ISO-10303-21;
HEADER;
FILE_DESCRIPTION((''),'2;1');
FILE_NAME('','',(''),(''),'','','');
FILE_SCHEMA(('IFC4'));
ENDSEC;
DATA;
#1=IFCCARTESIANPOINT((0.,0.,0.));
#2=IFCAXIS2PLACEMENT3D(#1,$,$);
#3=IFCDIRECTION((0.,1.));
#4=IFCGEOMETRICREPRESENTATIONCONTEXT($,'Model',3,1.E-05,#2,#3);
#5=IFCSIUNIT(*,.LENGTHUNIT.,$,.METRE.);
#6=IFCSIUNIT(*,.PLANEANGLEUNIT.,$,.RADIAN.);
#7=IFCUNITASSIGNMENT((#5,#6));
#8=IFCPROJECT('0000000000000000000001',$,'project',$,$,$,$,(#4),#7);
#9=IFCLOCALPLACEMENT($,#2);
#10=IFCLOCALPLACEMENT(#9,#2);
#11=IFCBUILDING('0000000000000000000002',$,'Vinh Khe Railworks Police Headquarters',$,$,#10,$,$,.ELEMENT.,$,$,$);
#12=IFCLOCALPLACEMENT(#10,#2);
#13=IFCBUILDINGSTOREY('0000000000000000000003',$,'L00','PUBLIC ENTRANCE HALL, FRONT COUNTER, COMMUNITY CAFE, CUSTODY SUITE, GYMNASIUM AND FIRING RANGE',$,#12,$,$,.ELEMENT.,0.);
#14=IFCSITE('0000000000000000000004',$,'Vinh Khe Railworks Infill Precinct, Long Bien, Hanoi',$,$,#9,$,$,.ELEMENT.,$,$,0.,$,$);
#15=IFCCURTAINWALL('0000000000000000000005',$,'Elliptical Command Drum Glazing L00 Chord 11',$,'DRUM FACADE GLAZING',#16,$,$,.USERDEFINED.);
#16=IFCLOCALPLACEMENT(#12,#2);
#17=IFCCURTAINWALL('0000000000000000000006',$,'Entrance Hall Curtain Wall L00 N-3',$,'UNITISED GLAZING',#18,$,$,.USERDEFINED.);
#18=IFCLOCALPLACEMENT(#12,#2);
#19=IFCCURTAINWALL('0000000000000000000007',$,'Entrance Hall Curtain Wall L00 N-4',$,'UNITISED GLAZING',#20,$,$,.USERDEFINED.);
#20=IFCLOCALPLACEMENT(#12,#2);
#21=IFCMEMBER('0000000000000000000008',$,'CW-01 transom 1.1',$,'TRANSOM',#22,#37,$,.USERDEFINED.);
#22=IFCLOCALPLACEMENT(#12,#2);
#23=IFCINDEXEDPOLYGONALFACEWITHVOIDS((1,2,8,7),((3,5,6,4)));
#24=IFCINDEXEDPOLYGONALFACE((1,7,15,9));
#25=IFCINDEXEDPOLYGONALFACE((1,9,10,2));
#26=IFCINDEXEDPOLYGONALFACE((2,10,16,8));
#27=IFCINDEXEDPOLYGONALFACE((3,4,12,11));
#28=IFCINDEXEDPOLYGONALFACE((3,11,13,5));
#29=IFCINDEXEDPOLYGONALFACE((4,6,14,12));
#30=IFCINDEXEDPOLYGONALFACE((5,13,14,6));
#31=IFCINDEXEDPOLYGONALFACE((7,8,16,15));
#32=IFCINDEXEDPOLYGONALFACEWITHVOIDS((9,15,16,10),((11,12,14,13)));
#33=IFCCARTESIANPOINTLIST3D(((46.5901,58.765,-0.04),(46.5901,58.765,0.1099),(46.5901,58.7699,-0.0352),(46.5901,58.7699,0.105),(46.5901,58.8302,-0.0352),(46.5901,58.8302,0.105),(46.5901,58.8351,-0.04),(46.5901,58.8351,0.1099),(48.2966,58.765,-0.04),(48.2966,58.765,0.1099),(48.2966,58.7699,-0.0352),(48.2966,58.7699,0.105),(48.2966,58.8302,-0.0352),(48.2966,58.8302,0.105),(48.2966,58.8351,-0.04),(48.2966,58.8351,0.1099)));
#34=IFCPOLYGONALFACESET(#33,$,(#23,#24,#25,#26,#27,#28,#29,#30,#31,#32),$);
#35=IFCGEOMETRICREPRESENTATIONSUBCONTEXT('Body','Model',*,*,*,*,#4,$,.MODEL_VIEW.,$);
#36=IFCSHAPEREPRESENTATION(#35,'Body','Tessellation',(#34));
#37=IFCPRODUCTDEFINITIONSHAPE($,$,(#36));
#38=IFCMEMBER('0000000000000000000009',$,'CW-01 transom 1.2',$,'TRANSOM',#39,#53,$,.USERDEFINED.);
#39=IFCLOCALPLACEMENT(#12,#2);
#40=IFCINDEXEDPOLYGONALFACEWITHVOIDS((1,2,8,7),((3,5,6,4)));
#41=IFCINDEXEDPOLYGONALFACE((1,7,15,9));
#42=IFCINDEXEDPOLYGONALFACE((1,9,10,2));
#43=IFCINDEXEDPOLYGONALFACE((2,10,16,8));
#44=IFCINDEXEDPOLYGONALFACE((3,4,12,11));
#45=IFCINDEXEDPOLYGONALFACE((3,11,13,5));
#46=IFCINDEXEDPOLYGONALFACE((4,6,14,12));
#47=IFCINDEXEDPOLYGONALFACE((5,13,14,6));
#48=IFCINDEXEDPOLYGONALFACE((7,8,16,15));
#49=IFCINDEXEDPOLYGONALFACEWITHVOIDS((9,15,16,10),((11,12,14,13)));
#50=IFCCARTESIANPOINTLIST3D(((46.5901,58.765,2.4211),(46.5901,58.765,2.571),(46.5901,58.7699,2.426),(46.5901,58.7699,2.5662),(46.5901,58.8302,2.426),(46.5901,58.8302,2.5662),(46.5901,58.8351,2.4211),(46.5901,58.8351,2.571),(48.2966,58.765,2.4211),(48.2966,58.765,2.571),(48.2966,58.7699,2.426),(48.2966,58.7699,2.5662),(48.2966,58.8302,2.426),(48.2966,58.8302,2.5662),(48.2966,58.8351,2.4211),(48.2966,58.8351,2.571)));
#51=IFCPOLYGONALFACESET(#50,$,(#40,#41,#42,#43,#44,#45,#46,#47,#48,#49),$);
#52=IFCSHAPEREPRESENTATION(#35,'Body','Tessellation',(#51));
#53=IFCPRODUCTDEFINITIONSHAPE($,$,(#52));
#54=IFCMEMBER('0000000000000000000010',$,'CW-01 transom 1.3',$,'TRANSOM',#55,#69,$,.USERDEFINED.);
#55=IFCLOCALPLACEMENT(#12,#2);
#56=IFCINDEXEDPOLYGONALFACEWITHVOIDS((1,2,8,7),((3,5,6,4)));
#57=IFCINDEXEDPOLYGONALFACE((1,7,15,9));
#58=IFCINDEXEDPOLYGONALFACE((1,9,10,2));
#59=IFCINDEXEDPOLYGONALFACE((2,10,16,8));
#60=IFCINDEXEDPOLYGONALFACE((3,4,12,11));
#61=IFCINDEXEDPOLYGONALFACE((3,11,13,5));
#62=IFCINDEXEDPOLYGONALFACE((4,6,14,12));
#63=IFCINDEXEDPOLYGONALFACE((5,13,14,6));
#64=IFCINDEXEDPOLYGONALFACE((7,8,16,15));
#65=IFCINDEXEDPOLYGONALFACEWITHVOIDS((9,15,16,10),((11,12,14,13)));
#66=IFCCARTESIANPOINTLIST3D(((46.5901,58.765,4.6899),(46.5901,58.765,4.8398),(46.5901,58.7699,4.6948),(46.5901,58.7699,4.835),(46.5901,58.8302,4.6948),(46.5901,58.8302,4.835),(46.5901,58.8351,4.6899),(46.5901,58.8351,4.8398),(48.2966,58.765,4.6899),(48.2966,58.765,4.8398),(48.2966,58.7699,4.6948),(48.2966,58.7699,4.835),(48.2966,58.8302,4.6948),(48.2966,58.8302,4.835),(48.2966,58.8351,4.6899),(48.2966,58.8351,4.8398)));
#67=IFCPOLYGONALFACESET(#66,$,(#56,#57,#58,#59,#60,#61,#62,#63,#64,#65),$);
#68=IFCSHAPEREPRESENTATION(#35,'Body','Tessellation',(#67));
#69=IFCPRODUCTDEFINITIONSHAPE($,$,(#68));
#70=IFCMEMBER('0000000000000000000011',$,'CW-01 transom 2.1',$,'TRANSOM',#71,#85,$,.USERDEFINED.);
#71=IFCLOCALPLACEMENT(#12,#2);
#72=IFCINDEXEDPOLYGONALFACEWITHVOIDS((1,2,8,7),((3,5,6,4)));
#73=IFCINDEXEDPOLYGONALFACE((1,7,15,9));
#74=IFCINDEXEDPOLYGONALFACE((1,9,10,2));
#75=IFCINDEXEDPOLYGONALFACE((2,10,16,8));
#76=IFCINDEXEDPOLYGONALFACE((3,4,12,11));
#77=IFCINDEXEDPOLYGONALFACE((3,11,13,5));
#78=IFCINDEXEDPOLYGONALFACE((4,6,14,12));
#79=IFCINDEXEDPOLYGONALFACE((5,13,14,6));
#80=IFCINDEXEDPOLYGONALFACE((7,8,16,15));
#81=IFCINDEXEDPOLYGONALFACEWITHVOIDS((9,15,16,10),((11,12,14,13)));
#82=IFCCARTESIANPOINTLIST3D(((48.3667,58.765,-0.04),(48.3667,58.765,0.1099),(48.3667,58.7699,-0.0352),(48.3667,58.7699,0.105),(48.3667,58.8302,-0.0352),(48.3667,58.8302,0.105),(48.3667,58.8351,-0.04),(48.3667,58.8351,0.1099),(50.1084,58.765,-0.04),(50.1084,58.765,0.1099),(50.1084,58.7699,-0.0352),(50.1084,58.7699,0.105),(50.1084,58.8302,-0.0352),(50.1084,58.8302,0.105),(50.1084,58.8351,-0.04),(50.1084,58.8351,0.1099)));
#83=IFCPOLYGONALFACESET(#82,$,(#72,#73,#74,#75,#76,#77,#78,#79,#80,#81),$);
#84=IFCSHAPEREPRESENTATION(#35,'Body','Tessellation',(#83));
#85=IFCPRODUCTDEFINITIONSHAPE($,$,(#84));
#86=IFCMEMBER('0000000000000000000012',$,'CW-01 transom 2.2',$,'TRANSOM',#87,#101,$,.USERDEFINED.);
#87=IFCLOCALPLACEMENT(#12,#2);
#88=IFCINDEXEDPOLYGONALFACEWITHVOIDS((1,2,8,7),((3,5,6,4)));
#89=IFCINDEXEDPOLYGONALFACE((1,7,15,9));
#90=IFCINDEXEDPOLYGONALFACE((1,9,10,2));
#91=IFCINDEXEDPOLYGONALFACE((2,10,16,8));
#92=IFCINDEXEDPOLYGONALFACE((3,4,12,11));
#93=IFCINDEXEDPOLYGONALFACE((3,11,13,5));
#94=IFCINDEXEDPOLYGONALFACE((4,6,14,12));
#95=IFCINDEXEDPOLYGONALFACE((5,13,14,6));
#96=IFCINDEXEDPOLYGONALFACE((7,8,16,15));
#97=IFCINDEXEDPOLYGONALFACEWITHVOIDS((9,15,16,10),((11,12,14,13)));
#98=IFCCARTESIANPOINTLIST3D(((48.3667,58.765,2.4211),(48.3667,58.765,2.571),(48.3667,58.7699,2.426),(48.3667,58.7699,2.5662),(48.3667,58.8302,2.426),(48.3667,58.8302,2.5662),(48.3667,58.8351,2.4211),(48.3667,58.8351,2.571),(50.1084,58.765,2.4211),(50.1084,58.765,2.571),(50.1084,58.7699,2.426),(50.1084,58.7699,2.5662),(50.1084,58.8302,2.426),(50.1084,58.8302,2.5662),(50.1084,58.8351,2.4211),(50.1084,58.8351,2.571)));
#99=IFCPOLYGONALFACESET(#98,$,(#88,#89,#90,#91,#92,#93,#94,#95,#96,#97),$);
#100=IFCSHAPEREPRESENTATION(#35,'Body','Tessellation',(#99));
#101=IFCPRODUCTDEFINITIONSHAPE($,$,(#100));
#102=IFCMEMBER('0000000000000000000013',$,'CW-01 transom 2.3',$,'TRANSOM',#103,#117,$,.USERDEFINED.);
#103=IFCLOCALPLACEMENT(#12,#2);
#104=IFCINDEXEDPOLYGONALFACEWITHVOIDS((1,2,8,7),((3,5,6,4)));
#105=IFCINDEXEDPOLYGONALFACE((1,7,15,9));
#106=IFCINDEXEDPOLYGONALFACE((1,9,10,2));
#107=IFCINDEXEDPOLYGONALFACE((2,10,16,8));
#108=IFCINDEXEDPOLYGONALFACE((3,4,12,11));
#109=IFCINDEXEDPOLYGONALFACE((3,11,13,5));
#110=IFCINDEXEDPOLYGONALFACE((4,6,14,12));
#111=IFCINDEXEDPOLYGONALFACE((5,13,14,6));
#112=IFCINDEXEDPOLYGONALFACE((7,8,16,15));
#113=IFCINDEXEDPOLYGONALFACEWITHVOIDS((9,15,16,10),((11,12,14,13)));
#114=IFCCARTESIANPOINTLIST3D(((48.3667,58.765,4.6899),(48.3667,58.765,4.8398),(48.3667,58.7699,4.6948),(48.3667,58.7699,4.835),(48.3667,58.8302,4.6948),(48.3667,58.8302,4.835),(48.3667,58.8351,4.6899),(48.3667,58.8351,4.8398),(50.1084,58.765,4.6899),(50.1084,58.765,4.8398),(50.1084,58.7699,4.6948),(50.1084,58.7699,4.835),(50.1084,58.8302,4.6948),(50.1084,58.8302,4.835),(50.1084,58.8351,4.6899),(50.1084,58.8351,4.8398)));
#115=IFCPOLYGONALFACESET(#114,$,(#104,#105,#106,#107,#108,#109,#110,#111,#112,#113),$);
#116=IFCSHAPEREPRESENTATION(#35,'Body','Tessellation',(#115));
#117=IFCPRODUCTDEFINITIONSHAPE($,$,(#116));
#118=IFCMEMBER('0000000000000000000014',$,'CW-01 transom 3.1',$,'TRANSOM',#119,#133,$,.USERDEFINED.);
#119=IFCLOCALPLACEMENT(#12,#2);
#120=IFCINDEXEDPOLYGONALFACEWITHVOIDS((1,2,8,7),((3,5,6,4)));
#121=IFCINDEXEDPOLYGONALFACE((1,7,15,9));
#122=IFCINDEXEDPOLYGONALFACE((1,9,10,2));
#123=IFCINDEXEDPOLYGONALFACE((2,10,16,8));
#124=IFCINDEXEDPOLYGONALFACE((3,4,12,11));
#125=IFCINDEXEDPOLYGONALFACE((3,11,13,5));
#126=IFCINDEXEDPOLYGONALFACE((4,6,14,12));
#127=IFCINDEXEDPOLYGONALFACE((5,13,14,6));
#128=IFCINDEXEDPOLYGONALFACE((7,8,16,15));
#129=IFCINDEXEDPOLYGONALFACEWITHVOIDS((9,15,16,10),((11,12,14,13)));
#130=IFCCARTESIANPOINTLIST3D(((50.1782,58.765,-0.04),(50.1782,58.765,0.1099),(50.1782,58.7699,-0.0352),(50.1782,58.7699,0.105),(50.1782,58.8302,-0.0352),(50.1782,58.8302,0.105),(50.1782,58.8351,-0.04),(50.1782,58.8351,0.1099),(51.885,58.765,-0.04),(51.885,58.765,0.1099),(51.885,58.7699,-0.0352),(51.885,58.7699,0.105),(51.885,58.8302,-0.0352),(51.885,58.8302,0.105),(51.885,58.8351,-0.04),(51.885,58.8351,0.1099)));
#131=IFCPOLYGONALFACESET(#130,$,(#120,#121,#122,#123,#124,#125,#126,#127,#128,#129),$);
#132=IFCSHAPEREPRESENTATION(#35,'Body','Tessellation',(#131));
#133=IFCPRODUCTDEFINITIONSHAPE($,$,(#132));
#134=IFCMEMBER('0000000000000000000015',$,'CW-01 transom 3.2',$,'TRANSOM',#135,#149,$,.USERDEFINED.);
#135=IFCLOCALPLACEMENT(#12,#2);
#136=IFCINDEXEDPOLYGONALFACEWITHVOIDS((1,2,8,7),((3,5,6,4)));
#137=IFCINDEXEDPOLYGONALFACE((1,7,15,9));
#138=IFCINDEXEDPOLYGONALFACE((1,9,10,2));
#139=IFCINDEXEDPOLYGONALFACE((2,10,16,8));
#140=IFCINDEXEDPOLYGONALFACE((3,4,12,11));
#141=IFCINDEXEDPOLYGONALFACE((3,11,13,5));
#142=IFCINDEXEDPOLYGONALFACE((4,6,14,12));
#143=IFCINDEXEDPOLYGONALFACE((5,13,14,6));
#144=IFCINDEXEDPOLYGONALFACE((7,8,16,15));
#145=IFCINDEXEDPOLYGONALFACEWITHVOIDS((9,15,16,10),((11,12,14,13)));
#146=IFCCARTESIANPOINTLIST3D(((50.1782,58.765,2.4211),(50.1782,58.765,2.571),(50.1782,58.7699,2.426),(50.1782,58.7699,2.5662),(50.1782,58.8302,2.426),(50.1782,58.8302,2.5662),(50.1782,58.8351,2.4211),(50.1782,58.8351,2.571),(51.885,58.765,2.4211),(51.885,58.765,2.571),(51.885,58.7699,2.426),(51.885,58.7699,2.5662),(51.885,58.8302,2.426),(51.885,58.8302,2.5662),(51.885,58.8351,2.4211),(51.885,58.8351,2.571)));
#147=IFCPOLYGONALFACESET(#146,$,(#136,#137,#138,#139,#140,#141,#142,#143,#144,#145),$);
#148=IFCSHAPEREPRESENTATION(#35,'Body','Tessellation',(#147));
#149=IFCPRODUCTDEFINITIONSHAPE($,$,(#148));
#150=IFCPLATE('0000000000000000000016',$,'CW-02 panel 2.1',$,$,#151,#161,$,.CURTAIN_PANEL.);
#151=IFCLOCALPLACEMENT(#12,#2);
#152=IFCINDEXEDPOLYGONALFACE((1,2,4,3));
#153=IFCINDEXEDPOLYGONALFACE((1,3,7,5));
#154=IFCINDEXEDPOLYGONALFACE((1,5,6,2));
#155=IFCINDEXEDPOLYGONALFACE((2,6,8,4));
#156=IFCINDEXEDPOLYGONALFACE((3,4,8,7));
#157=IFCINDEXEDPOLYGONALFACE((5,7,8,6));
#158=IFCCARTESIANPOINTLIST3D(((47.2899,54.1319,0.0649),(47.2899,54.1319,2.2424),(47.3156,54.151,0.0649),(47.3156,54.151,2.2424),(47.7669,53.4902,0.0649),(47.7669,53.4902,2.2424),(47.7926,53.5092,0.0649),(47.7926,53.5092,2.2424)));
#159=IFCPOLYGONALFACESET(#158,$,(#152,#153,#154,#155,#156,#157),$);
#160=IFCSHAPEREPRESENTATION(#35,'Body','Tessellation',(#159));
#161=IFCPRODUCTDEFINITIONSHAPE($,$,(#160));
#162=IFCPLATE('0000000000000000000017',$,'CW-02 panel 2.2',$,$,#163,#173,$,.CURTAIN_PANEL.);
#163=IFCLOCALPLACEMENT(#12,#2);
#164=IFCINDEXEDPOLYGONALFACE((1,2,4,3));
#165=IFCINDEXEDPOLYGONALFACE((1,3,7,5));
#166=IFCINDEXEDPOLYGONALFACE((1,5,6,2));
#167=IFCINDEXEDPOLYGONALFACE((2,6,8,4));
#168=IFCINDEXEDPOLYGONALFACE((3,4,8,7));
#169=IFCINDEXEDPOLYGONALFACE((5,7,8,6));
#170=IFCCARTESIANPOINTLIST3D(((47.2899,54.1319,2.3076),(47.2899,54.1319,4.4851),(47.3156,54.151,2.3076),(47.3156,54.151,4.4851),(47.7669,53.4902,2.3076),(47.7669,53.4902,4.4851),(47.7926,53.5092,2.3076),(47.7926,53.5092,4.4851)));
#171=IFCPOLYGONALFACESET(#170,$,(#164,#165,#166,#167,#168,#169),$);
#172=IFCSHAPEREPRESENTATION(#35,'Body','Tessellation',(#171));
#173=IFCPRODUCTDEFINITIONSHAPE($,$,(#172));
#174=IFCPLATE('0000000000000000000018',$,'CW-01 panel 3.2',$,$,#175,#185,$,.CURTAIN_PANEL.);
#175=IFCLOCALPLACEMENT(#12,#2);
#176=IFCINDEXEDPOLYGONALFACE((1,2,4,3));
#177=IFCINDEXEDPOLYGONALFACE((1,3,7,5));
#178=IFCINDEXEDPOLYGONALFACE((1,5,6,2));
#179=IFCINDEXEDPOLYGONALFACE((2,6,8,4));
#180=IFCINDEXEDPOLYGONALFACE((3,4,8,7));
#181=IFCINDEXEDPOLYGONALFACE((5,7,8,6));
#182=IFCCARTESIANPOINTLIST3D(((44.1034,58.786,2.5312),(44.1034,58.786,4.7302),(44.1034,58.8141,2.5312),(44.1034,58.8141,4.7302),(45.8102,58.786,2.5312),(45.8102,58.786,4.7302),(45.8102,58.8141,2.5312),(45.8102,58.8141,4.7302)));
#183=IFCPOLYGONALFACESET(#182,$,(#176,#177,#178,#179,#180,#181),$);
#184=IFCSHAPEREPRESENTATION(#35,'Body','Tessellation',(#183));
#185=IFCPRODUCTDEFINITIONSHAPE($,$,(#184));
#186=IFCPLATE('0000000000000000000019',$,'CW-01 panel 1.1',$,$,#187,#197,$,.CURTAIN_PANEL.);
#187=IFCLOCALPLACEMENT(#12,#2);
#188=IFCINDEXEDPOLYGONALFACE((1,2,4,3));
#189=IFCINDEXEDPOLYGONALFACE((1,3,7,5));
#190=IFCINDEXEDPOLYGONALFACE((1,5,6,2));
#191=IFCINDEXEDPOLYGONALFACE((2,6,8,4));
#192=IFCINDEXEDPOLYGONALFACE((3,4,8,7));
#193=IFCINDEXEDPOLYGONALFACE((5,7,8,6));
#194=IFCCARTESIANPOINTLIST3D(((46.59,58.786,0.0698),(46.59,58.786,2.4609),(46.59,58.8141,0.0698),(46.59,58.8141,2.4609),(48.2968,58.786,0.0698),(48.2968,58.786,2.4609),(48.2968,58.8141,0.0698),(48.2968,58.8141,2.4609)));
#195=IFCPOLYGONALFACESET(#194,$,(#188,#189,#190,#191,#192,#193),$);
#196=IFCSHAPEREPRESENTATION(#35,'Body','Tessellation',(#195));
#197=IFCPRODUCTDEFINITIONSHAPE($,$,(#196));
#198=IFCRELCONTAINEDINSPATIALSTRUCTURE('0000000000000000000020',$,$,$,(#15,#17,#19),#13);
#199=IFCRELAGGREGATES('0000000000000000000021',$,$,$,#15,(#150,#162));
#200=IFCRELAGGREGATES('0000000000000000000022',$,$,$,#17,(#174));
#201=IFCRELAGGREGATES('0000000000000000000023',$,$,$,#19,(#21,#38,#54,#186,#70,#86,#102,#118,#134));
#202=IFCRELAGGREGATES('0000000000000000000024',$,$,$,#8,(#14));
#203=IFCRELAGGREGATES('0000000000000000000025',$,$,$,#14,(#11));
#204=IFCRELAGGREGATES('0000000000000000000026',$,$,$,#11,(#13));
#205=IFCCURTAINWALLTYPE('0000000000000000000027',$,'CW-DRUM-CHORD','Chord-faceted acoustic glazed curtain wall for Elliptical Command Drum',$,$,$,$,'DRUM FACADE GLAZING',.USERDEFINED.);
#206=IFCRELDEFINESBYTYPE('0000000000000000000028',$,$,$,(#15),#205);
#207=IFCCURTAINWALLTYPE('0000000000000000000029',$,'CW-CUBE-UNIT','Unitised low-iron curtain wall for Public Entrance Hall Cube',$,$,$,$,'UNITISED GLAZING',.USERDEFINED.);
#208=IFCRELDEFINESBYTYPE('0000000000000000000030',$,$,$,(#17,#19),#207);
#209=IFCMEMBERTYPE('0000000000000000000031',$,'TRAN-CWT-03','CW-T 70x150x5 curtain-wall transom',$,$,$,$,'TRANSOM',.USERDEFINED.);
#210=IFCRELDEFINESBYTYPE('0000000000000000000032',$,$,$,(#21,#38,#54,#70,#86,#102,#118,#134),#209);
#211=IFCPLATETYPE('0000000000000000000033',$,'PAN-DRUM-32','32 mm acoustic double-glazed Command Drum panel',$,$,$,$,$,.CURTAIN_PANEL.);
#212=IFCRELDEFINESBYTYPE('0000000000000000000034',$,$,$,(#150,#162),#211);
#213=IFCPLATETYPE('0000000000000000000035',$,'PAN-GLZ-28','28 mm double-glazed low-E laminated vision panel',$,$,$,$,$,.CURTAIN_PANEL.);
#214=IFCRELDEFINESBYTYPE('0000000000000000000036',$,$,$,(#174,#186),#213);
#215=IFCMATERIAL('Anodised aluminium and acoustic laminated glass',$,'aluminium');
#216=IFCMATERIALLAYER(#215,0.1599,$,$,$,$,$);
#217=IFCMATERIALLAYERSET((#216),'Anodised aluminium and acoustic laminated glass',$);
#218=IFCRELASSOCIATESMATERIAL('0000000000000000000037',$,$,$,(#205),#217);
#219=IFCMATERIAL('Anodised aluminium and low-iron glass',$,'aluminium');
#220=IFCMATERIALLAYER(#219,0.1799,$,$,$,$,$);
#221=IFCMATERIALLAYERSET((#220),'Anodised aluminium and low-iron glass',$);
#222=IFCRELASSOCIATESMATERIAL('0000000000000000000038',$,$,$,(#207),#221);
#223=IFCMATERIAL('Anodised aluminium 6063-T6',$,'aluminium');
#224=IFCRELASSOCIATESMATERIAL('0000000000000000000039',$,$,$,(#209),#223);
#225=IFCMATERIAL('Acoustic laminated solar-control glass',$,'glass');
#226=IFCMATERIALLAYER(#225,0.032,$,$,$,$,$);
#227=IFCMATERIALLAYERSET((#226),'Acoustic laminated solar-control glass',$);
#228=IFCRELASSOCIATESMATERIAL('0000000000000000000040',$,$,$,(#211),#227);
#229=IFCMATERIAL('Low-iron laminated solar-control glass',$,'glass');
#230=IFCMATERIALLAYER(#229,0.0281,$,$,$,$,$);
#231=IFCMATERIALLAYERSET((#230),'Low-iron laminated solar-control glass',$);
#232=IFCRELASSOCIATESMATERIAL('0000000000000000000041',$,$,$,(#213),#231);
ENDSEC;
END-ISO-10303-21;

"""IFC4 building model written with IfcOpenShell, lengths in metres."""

from ifc_helpers import new_model, si_unit, direction, frame, origin, origin_2d, place, context, subcontext, project, spatial, rectangle, hollow_rectangle, extrude, material, layer, layer_set, material_profile, profile_set, type_object, element, aggregate, save


model = new_model("IFC4")

# Units and contexts
model_context = context("Model", 3, precision=1e-05, world=origin(), true_north=direction((0.0, 1.0)))
body_context = subcontext(model_context, "Body", "Model", "MODEL_VIEW")
ifc_project = project(units=[si_unit("LENGTHUNIT", "METRE"), si_unit("PLANEANGLEUNIT", "RADIAN")], contexts=[model_context])

# Site, building, storey
site_placement = place(None, origin())
site = spatial("IfcSite", under=ifc_project, at=site_placement, Name="Vinh Khe Railworks Infill Precinct, Long Bien, Hanoi", CompositionType="ELEMENT", RefElevation=0.0)
building_placement = place(site_placement, origin())
building = spatial("IfcBuilding", under=site, at=building_placement, Name="Vinh Khe Railworks Police Headquarters", CompositionType="ELEMENT")
storey_placement = place(building_placement, origin())
storey = spatial("IfcBuildingStorey", under=building, at=storey_placement, Name="L00", Description="PUBLIC ENTRANCE HALL, FRONT COUNTER, COMMUNITY CAFE, CUSTODY SUITE, GYMNASIUM AND FIRING RANGE", CompositionType="ELEMENT", Elevation=0.0)

# Curtain wall
ifc_material_1 = material(Name="Anodised aluminium and acoustic laminated glass", Category="aluminium")
ifc_layer_1 = layer(ifc_material_1, 0.1599)
ifc_layer_set_1 = layer_set([ifc_layer_1], Name="Anodised aluminium and acoustic laminated glass")
curtain_wall_type_1 = type_object("IfcCurtainWallType", Name="CW-DRUM-CHORD", Description="Chord-faceted acoustic glazed curtain wall for Elliptical Command Drum", ElementType="DRUM FACADE GLAZING", PredefinedType="USERDEFINED", material=ifc_layer_set_1)
curtain_wall_1_placement = place(storey_placement, origin())
curtain_wall_1 = element("IfcCurtainWall", 1, at=curtain_wall_1_placement, inside=storey, type_object=curtain_wall_type_1, Name="Elliptical Command Drum Glazing L00 Chord 11", ObjectType="DRUM FACADE GLAZING", PredefinedType="USERDEFINED")
ifc_material_2 = material(Name="Anodised aluminium 6063-T6", Category="aluminium")

# Curtain wall
ifc_material_3 = material(Name="Anodised aluminium and low-iron glass", Category="aluminium")
ifc_layer_2 = layer(ifc_material_3, 0.1799)
ifc_layer_set_2 = layer_set([ifc_layer_2], Name="Anodised aluminium and low-iron glass")
curtain_wall_type_2 = type_object("IfcCurtainWallType", Name="CW-CUBE-UNIT", Description="Unitised low-iron curtain wall for Public Entrance Hall Cube", ElementType="UNITISED GLAZING", PredefinedType="USERDEFINED", material=ifc_layer_set_2)
curtain_wall_2_placement = place(storey_placement, origin())
curtain_wall_2 = element("IfcCurtainWall", 2, at=curtain_wall_2_placement, inside=storey, type_object=curtain_wall_type_2, Name="Entrance Hall Curtain Wall L00 N-3", ObjectType="UNITISED GLAZING", PredefinedType="USERDEFINED")

# Curtain wall
curtain_wall_3_placement = place(storey_placement, origin())
curtain_wall_3 = element("IfcCurtainWall", 3, at=curtain_wall_3_placement, inside=storey, type_object=curtain_wall_type_2, Name="Entrance Hall Curtain Wall L00 N-4", ObjectType="UNITISED GLAZING", PredefinedType="USERDEFINED")

# Members
ifc_material_profile_1 = material_profile(ifc_material_2, hollow_rectangle(XDim=0.0701, YDim=0.1499, WallThickness=0.0049, at=origin_2d()), Name="CW-T 70x150x5")
ifc_profile_set_1 = profile_set([ifc_material_profile_1], Name="Anodised aluminium 6063-T6")
member_type_1 = type_object("IfcMemberType", Name="TRAN-CWT-03", Description="CW-T 70x150x5 curtain-wall transom", ElementType="TRANSOM", PredefinedType="USERDEFINED", material=ifc_profile_set_1)
member_1_placement = place(storey_placement, frame((46.5901, 58.8, 0.0349), z_axis=(1.0, 0.0, 0.0), x_axis=(0.0, 1.0, 0.0)))
member_1 = element("IfcMember", 4, at=member_1_placement, type_object=member_type_1, Name="CW-01 transom 1.1", ObjectType="TRANSOM", PredefinedType="USERDEFINED", context=body_context, shape_type="SweptSolid", body=[
    extrude(hollow_rectangle(XDim=0.0701, YDim=0.1499, WallThickness=0.0049, at=origin_2d()), origin(), (0.0, 0.0, 1.0), 1.7065),
])
member_2_placement = place(storey_placement, frame((46.5901, 58.8, 2.4961), z_axis=(1.0, 0.0, 0.0), x_axis=(0.0, 1.0, 0.0)))
member_2 = element("IfcMember", 5, at=member_2_placement, type_object=member_type_1, Name="CW-01 transom 1.2", ObjectType="TRANSOM", PredefinedType="USERDEFINED", context=body_context, shape_type="SweptSolid", body=[
    extrude(hollow_rectangle(XDim=0.0701, YDim=0.1499, WallThickness=0.0049, at=origin_2d()), origin(), (0.0, 0.0, 1.0), 1.7065),
])
member_3_placement = place(storey_placement, frame((46.5901, 58.8, 4.7649), z_axis=(1.0, 0.0, 0.0), x_axis=(0.0, 1.0, 0.0)))
member_3 = element("IfcMember", 6, at=member_3_placement, type_object=member_type_1, Name="CW-01 transom 1.3", ObjectType="TRANSOM", PredefinedType="USERDEFINED", context=body_context, shape_type="SweptSolid", body=[
    extrude(hollow_rectangle(XDim=0.0701, YDim=0.1499, WallThickness=0.0049, at=origin_2d()), origin(), (0.0, 0.0, 1.0), 1.7065),
])
member_4_placement = place(storey_placement, frame((48.3667, 58.8, 0.0349), z_axis=(1.0, 0.0, 0.0), x_axis=(0.0, 1.0, 0.0)))
member_4 = element("IfcMember", 7, at=member_4_placement, type_object=member_type_1, Name="CW-01 transom 2.1", ObjectType="TRANSOM", PredefinedType="USERDEFINED", context=body_context, shape_type="SweptSolid", body=[
    extrude(hollow_rectangle(XDim=0.0701, YDim=0.1499, WallThickness=0.0049, at=origin_2d()), origin(), (0.0, 0.0, 1.0), 1.7417),
])
member_5_placement = place(storey_placement, frame((48.3667, 58.8, 2.4961), z_axis=(1.0, 0.0, 0.0), x_axis=(0.0, 1.0, 0.0)))
member_5 = element("IfcMember", 8, at=member_5_placement, type_object=member_type_1, Name="CW-01 transom 2.2", ObjectType="TRANSOM", PredefinedType="USERDEFINED", context=body_context, shape_type="SweptSolid", body=[
    extrude(hollow_rectangle(XDim=0.0701, YDim=0.1499, WallThickness=0.0049, at=origin_2d()), origin(), (0.0, 0.0, 1.0), 1.7417),
])
member_6_placement = place(storey_placement, frame((48.3667, 58.8, 4.7649), z_axis=(1.0, 0.0, 0.0), x_axis=(0.0, 1.0, 0.0)))
member_6 = element("IfcMember", 9, at=member_6_placement, type_object=member_type_1, Name="CW-01 transom 2.3", ObjectType="TRANSOM", PredefinedType="USERDEFINED", context=body_context, shape_type="SweptSolid", body=[
    extrude(hollow_rectangle(XDim=0.0701, YDim=0.1499, WallThickness=0.0049, at=origin_2d()), origin(), (0.0, 0.0, 1.0), 1.7417),
])
member_7_placement = place(storey_placement, frame((50.1782, 58.8, 0.0349), z_axis=(1.0, 0.0, 0.0), x_axis=(0.0, 1.0, 0.0)))
member_7 = element("IfcMember", 10, at=member_7_placement, type_object=member_type_1, Name="CW-01 transom 3.1", ObjectType="TRANSOM", PredefinedType="USERDEFINED", context=body_context, shape_type="SweptSolid", body=[
    extrude(hollow_rectangle(XDim=0.0701, YDim=0.1499, WallThickness=0.0049, at=origin_2d()), origin(), (0.0, 0.0, 1.0), 1.7068),
])
member_8_placement = place(storey_placement, frame((50.1782, 58.8, 2.4961), z_axis=(1.0, 0.0, 0.0), x_axis=(0.0, 1.0, 0.0)))
member_8 = element("IfcMember", 11, at=member_8_placement, type_object=member_type_1, Name="CW-01 transom 3.2", ObjectType="TRANSOM", PredefinedType="USERDEFINED", context=body_context, shape_type="SweptSolid", body=[
    extrude(hollow_rectangle(XDim=0.0701, YDim=0.1499, WallThickness=0.0049, at=origin_2d()), origin(), (0.0, 0.0, 1.0), 1.7068),
])

# Plates
ifc_material_4 = material(Name="Acoustic laminated solar-control glass", Category="glass")
ifc_layer_3 = layer(ifc_material_4, 0.032)
ifc_layer_set_3 = layer_set([ifc_layer_3], Name="Acoustic laminated solar-control glass")
plate_type_1 = type_object("IfcPlateType", Name="PAN-DRUM-32", Description="32 mm acoustic double-glazed Command Drum panel", PredefinedType="CURTAIN_PANEL", material=ifc_layer_set_3)
plate_1_placement = place(storey_placement, frame((47.5413, 53.8206, 0.0649), z_axis=(0.0, 0.0, 1.0), x_axis=(-0.596528, 0.802592, 0.0)))
plate_1 = element("IfcPlate", 12, at=plate_1_placement, type_object=plate_type_1, Name="CW-02 panel 2.1", PredefinedType="CURTAIN_PANEL", context=body_context, shape_type="SweptSolid", body=[
    extrude(rectangle(XDim=0.7996, YDim=0.032, at=origin_2d()), origin(), (0.0, 0.0, 1.0), 2.1775),
])
plate_2_placement = place(storey_placement, frame((47.5413, 53.8206, 2.3076), z_axis=(0.0, 0.0, 1.0), x_axis=(-0.596528, 0.802592, 0.0)))
plate_2 = element("IfcPlate", 13, at=plate_2_placement, type_object=plate_type_1, Name="CW-02 panel 2.2", PredefinedType="CURTAIN_PANEL", context=body_context, shape_type="SweptSolid", body=[
    extrude(rectangle(XDim=0.7996, YDim=0.032, at=origin_2d()), origin(), (0.0, 0.0, 1.0), 2.1775),
])
aggregate(curtain_wall_1, [plate_1, plate_2])
ifc_material_5 = material(Name="Low-iron laminated solar-control glass", Category="glass")
ifc_layer_4 = layer(ifc_material_5, 0.0281)
ifc_layer_set_4 = layer_set([ifc_layer_4], Name="Low-iron laminated solar-control glass")
plate_type_2 = type_object("IfcPlateType", Name="PAN-GLZ-28", Description="28 mm double-glazed low-E laminated vision panel", PredefinedType="CURTAIN_PANEL", material=ifc_layer_set_4)
plate_3_placement = place(storey_placement, frame((44.9568, 58.8, 2.5312), z_axis=(0.0, 0.0, 1.0), x_axis=(1.0, 0.0, 0.0)))
plate_3 = element("IfcPlate", 14, at=plate_3_placement, type_object=plate_type_2, Name="CW-01 panel 3.2", PredefinedType="CURTAIN_PANEL", context=body_context, shape_type="SweptSolid", body=[
    extrude(rectangle(XDim=1.7068, YDim=0.0281, at=origin_2d()), origin(), (0.0, 0.0, 1.0), 2.199),
])
aggregate(curtain_wall_2, [plate_3])
plate_4_placement = place(storey_placement, frame((47.4434, 58.8, 0.0698), z_axis=(0.0, 0.0, 1.0), x_axis=(1.0, 0.0, 0.0)))
plate_4 = element("IfcPlate", 15, at=plate_4_placement, type_object=plate_type_2, Name="CW-01 panel 1.1", PredefinedType="CURTAIN_PANEL", context=body_context, shape_type="SweptSolid", body=[
    extrude(rectangle(XDim=1.7068, YDim=0.0281, at=origin_2d()), origin(), (0.0, 0.0, 1.0), 2.3911),
])
aggregate(curtain_wall_3, [member_1, member_2, member_3, plate_4, member_4, member_5, member_6, member_7, member_8])

save(model, "model.ifc")
